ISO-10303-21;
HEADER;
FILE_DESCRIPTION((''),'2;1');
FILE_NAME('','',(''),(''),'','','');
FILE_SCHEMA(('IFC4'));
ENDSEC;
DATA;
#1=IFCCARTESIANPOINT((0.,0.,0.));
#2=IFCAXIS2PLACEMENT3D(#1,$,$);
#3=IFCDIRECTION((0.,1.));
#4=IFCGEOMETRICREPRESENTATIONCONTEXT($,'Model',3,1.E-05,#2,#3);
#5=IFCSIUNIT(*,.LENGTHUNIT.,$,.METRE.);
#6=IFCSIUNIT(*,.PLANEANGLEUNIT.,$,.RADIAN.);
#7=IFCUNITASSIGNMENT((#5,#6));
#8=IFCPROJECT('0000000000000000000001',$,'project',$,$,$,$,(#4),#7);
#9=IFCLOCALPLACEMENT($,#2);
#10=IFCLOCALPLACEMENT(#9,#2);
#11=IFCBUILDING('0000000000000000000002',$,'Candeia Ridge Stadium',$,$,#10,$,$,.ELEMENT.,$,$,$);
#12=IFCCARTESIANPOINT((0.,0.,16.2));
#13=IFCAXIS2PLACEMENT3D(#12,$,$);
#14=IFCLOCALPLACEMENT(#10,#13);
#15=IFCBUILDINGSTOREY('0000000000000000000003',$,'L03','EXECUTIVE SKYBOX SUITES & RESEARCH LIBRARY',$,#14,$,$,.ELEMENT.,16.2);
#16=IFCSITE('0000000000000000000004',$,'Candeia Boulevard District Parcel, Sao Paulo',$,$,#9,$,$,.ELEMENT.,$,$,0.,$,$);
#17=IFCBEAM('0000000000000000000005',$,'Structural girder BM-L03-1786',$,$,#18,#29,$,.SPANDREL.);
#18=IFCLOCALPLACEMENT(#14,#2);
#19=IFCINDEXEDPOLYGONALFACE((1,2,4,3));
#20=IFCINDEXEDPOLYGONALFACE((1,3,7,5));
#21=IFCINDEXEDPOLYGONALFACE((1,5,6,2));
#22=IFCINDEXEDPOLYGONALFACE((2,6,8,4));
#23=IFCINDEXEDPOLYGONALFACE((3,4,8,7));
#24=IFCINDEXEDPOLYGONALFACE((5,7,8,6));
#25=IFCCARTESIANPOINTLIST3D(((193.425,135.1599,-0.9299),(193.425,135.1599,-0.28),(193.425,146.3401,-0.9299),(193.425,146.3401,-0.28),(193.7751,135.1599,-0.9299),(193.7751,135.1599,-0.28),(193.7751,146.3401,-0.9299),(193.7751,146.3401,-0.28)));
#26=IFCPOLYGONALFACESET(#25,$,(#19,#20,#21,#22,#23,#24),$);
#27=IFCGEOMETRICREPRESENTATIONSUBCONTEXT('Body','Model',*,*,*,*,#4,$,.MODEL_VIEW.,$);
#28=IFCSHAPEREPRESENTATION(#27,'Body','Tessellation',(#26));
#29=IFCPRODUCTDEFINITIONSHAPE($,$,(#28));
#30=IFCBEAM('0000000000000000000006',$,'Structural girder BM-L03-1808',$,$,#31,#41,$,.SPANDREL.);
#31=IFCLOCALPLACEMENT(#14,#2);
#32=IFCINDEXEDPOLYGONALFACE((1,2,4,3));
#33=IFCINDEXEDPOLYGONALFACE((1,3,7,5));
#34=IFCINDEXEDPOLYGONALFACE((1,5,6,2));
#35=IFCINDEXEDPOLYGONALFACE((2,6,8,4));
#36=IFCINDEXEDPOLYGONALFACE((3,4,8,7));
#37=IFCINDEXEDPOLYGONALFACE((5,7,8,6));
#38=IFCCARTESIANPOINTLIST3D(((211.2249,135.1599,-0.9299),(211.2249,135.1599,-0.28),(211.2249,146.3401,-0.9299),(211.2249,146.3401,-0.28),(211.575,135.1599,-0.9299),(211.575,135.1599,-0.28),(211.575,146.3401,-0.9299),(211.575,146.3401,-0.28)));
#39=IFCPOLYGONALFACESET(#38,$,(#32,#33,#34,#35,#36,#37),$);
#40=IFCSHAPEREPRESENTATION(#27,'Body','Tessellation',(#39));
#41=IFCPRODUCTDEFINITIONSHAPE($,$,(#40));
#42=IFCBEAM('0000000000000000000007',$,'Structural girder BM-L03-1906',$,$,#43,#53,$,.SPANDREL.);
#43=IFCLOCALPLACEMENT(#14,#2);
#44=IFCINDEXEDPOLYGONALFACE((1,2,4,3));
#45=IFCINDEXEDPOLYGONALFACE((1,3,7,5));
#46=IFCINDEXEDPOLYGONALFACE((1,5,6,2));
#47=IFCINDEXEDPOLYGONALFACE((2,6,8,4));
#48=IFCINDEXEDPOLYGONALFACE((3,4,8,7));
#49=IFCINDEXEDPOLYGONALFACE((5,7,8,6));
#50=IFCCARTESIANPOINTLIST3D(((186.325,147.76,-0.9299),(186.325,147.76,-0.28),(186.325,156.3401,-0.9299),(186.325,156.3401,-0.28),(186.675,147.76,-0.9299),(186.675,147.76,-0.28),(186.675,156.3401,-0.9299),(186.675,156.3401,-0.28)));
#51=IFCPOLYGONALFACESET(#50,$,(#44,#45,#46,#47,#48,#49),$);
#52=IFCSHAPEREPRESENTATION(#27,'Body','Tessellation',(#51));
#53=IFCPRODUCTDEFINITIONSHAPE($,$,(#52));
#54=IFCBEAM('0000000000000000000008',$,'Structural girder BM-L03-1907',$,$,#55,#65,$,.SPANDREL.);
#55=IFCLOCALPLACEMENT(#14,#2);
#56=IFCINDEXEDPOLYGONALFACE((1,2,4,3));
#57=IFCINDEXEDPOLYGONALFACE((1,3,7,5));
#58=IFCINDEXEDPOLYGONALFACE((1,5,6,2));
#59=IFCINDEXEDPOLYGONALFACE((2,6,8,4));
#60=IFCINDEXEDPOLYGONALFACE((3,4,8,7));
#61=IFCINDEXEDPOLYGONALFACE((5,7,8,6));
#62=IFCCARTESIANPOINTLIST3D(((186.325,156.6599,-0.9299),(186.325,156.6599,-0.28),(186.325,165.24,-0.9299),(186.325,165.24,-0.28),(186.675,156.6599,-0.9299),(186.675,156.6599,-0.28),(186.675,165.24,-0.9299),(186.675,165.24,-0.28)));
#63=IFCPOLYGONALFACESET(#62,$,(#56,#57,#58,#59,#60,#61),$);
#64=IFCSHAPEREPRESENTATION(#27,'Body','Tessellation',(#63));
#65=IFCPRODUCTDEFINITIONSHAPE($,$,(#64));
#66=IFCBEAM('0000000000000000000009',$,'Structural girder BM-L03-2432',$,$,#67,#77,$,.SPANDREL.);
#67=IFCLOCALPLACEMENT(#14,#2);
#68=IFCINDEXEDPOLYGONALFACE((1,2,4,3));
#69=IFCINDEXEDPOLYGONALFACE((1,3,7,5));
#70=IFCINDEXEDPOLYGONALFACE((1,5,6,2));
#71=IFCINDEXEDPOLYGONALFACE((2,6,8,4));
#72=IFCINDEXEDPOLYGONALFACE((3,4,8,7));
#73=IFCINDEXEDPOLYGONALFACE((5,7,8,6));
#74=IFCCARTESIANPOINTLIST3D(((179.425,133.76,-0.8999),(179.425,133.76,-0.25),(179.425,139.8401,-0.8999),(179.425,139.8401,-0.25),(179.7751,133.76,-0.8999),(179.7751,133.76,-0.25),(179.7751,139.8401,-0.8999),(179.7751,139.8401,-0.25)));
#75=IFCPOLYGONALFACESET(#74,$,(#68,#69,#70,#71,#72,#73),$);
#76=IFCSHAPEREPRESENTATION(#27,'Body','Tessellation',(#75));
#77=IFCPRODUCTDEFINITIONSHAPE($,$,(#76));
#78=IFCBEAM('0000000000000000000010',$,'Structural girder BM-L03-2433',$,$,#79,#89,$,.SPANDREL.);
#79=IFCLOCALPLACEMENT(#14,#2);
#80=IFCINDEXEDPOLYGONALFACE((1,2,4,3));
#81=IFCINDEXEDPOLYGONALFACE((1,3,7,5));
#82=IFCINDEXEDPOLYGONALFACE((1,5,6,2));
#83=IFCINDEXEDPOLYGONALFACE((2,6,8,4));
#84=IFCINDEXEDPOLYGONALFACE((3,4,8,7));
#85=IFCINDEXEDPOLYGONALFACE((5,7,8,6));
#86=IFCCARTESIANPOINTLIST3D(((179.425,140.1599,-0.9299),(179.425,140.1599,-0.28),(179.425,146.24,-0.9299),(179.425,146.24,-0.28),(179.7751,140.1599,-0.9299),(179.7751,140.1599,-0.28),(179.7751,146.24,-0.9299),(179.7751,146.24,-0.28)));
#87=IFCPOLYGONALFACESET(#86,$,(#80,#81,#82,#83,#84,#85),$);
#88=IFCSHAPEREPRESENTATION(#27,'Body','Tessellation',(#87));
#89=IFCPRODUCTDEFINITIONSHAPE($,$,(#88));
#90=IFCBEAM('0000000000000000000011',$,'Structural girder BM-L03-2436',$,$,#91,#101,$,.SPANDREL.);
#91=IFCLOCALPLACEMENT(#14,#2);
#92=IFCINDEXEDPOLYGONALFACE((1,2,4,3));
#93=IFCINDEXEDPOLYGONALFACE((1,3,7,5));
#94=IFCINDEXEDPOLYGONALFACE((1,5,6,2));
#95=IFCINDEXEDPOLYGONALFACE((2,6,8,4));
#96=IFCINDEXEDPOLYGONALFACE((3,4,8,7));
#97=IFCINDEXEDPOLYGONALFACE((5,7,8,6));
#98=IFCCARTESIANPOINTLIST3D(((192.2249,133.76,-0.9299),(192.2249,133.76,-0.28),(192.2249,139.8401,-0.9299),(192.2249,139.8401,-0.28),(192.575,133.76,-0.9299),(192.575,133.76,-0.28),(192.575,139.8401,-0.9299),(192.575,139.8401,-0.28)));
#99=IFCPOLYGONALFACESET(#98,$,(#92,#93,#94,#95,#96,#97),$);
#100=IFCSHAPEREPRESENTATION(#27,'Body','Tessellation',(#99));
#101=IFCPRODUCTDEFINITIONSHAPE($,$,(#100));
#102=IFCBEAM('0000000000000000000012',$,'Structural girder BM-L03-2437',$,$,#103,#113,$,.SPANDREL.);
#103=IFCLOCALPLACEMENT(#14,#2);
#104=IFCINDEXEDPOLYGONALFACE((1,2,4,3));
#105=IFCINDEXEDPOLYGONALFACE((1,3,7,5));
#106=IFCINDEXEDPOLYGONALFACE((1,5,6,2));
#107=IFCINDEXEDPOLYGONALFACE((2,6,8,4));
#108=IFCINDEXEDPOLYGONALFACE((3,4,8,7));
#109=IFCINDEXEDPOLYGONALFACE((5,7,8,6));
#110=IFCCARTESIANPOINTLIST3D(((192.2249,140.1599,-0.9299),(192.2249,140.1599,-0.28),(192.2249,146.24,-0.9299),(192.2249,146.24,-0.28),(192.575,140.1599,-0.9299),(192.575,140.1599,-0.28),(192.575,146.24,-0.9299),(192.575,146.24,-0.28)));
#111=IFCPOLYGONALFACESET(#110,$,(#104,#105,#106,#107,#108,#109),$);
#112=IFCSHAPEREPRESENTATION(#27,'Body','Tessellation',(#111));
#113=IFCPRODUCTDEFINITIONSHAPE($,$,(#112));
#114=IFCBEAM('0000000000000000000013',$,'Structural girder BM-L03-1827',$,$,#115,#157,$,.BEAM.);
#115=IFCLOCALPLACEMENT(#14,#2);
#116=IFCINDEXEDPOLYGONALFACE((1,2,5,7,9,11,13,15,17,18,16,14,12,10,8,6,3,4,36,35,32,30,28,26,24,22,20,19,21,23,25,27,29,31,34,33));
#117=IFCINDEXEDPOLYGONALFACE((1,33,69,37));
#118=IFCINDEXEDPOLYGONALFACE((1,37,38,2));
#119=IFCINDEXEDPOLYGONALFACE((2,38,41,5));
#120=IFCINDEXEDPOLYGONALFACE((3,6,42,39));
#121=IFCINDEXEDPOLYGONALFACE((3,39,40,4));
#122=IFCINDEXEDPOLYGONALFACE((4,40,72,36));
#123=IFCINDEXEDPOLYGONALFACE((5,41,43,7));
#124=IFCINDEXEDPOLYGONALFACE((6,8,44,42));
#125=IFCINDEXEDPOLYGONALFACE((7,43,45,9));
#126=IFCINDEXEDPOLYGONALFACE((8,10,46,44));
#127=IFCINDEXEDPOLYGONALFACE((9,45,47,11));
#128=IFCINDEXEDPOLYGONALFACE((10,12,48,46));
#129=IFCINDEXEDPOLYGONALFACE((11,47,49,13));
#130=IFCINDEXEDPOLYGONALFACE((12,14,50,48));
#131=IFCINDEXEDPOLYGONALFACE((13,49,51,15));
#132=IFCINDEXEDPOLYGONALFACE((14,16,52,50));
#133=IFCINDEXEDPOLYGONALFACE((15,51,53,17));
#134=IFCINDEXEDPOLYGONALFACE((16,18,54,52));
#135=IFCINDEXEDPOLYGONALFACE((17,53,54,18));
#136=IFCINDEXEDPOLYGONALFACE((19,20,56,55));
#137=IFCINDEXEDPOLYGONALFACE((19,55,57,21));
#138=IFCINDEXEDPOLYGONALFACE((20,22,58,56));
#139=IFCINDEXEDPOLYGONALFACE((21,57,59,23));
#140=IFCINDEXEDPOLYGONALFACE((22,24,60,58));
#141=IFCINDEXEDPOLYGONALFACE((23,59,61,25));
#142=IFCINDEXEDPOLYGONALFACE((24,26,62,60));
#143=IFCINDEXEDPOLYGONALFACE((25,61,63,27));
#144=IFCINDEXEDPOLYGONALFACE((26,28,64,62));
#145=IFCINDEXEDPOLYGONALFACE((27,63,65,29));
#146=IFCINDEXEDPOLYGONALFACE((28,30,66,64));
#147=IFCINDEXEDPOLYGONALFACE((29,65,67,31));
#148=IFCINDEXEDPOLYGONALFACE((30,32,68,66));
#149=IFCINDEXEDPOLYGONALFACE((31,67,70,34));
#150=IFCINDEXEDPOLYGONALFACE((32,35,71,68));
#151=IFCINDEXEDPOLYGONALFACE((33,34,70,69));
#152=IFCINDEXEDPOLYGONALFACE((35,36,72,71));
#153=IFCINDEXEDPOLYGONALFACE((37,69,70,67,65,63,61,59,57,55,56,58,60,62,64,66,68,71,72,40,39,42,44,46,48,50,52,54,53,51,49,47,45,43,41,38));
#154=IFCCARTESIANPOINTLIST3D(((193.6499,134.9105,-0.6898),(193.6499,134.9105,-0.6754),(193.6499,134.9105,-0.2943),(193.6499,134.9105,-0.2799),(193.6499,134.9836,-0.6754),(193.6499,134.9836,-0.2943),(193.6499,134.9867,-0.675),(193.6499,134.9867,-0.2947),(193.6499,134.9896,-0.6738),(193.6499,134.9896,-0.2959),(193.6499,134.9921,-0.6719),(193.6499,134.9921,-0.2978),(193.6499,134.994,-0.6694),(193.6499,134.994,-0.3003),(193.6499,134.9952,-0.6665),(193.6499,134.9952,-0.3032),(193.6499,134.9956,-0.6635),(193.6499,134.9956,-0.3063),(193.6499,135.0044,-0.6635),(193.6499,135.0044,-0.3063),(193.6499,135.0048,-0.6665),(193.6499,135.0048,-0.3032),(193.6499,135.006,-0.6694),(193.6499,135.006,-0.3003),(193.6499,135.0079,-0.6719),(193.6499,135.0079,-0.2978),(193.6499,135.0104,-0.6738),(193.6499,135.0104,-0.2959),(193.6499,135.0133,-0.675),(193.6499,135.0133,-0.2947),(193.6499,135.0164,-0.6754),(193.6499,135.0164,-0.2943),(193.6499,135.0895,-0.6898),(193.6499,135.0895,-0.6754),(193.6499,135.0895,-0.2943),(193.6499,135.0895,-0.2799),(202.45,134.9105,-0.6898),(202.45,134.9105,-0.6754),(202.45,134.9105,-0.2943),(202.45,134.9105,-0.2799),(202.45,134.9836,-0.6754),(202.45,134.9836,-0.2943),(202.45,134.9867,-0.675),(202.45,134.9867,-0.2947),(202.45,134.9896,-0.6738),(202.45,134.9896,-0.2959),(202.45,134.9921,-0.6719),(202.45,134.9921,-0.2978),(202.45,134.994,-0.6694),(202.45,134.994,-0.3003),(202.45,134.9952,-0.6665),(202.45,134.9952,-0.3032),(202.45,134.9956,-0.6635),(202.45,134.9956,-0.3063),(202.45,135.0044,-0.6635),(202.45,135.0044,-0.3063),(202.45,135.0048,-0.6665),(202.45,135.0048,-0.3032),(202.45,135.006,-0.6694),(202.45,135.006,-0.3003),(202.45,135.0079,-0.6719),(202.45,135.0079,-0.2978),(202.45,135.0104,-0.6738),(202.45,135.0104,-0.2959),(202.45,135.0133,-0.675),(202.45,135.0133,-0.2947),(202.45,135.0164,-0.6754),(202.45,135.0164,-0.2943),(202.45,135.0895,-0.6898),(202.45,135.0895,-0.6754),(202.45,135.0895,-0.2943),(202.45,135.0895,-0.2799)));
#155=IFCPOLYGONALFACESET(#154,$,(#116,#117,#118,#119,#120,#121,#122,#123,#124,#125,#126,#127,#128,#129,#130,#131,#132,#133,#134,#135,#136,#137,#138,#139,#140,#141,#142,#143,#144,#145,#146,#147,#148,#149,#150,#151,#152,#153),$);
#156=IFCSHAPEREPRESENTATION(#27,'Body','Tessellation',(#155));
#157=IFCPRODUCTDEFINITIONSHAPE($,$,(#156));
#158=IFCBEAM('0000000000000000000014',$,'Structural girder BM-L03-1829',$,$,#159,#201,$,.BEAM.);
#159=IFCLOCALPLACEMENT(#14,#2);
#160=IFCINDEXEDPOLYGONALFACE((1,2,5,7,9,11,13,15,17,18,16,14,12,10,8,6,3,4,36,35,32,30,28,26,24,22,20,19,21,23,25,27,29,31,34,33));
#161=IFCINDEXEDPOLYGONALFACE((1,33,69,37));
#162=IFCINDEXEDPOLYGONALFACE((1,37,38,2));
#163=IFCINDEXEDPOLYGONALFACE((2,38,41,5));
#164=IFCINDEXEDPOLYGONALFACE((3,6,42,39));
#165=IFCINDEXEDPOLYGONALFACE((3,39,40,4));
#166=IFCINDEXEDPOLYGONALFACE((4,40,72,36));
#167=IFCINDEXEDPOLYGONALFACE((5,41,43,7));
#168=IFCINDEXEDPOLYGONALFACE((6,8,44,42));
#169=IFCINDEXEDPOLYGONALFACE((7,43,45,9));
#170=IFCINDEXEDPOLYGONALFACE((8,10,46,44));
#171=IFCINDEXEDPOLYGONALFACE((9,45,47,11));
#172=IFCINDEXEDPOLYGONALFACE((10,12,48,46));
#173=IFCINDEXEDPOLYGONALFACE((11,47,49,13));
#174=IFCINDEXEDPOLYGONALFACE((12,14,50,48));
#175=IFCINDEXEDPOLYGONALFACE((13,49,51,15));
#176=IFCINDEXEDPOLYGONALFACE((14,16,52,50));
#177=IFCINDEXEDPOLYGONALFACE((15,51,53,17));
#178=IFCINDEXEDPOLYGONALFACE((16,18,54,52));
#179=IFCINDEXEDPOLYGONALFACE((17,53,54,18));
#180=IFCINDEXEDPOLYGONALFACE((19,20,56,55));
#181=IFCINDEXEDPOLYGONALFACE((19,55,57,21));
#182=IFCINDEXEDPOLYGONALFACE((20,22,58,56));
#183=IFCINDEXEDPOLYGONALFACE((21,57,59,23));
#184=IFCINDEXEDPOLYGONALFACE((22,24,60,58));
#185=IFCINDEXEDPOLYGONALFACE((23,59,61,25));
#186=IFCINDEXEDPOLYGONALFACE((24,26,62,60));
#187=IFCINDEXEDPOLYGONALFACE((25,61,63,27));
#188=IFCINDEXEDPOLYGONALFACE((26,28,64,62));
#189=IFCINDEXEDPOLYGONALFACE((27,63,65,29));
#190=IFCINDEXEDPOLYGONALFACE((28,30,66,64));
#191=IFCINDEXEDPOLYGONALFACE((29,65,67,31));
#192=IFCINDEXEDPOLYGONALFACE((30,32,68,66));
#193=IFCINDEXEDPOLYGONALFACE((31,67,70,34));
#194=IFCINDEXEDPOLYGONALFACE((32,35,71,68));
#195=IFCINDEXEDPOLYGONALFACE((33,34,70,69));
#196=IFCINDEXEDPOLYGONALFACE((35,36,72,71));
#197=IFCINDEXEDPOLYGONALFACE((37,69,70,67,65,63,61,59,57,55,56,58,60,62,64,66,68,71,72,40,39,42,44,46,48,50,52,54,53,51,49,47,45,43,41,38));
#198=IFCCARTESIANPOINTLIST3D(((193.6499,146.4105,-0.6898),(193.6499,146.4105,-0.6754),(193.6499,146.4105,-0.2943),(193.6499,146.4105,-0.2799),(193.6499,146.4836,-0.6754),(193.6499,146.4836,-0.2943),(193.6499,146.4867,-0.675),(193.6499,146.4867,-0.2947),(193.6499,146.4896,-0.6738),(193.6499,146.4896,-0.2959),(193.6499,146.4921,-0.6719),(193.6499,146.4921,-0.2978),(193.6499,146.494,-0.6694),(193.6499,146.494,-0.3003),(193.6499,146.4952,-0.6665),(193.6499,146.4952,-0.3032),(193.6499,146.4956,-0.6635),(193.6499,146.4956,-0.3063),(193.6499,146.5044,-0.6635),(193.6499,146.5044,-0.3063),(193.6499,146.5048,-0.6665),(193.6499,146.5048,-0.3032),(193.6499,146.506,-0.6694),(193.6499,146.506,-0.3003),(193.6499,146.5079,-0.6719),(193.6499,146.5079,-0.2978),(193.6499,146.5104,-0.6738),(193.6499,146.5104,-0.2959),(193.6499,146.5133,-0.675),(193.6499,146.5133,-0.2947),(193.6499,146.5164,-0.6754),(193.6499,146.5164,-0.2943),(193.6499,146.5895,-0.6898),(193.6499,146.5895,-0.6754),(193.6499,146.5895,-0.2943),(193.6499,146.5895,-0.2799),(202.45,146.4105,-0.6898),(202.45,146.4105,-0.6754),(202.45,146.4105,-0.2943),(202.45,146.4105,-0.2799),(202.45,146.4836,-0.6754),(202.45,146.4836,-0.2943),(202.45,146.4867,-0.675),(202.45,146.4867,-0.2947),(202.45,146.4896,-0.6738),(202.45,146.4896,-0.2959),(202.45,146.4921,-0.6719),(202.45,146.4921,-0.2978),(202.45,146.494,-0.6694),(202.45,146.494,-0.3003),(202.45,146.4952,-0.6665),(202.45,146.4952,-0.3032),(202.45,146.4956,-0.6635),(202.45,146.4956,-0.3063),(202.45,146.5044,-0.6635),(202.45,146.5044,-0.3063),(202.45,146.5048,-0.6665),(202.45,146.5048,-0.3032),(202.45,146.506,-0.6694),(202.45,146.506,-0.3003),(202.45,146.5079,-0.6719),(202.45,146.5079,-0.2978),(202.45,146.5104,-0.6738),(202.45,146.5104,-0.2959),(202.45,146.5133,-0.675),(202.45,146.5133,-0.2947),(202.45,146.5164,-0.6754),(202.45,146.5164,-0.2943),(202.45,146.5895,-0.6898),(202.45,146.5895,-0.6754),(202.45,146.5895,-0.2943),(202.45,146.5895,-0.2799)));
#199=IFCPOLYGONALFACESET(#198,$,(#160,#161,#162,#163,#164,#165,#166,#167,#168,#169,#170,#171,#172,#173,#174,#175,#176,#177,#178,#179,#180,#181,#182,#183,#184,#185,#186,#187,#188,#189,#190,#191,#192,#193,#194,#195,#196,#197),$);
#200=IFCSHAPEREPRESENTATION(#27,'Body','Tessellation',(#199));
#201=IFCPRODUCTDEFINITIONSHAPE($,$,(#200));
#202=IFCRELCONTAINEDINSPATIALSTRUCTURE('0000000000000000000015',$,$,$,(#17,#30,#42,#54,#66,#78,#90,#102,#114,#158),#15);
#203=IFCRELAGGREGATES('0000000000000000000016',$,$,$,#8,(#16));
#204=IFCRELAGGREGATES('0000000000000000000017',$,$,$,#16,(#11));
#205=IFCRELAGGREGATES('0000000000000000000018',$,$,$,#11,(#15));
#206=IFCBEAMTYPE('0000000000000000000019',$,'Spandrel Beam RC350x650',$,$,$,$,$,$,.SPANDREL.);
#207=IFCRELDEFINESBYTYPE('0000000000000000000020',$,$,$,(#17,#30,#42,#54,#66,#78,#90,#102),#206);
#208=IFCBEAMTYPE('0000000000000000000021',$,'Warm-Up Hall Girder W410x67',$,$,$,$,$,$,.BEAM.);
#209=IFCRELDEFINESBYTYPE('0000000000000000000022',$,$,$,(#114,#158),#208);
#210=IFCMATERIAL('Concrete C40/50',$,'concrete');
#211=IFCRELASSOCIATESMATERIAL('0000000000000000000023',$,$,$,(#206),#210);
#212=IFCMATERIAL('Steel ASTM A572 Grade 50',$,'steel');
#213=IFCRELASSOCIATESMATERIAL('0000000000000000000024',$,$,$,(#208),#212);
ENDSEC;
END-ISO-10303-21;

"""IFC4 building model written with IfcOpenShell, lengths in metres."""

from ifc_helpers import new_model, si_unit, direction, frame, origin, origin_2d, place, context, subcontext, project, spatial, rectangle, i_section, extrude, material, material_profile, profile_set, type_object, element, save


model = new_model("IFC4")

# Units and contexts
model_context = context("Model", 3, precision=1e-05, world=origin(), true_north=direction((0.0, 1.0)))
body_context = subcontext(model_context, "Body", "Model", "MODEL_VIEW")
ifc_project = project(units=[si_unit("LENGTHUNIT", "METRE"), si_unit("PLANEANGLEUNIT", "RADIAN")], contexts=[model_context])

# Site, building, storey
site_placement = place(None, origin())
site = spatial("IfcSite", under=ifc_project, at=site_placement, Name="Candeia Boulevard District Parcel, Sao Paulo", CompositionType="ELEMENT", RefElevation=0.0)
building_placement = place(site_placement, origin())
building = spatial("IfcBuilding", under=site, at=building_placement, Name="Candeia Ridge Stadium", CompositionType="ELEMENT")
storey_placement = place(building_placement, frame((0.0, 0.0, 16.2)))
storey = spatial("IfcBuildingStorey", under=building, at=storey_placement, Name="L03", Description="EXECUTIVE SKYBOX SUITES & RESEARCH LIBRARY", CompositionType="ELEMENT", Elevation=16.2)

# Shared definitions
ifc_material_1 = material(Name="Concrete C40/50", Category="concrete")

# Beams
ifc_material_profile_1 = material_profile(ifc_material_1, rectangle(XDim=0.3501, YDim=0.6499, at=origin_2d()), Name="RC350x650", Category="concrete")
ifc_profile_set_1 = profile_set([ifc_material_profile_1], Name="Concrete C40/50")
beam_type_1 = type_object("IfcBeamType", Name="Spandrel Beam RC350x650", PredefinedType="SPANDREL", material=ifc_profile_set_1)
for number, where, z_axis, x_axis, name in (
    (1, (193.6001, 135.1599, -0.605), (0.0, 1.0, 0.0), (-1.0, 0.0, 0.0), "Structural girder BM-L03-1786"),
    (2, (211.3999, 135.1599, -0.605), (0.0, 1.0, 0.0), (-1.0, 0.0, 0.0), "Structural girder BM-L03-1808"),
):
    element("IfcBeam", number, at=place(storey_placement, frame(where, z_axis=z_axis, x_axis=x_axis)), inside=storey, type_object=beam_type_1, Name=name, PredefinedType="SPANDREL", context=body_context, shape_type="SweptSolid", body=[
        extrude(rectangle(XDim=0.3501, YDim=0.6499, at=origin_2d()), origin(), (0.0, 0.0, 1.0), 11.1802),
    ])
for number, where, z_axis, x_axis, name in (
    (3, (186.5, 147.76, -0.605), (0.0, 1.0, 0.0), (-1.0, 0.0, 0.0), "Structural girder BM-L03-1906"),
    (4, (186.5, 156.6599, -0.605), (0.0, 1.0, 0.0), (-1.0, 0.0, 0.0), "Structural girder BM-L03-1907"),
):
    element("IfcBeam", number, at=place(storey_placement, frame(where, z_axis=z_axis, x_axis=x_axis)), inside=storey, type_object=beam_type_1, Name=name, PredefinedType="SPANDREL", context=body_context, shape_type="SweptSolid", body=[
        extrude(rectangle(XDim=0.3501, YDim=0.6499, at=origin_2d()), origin(), (0.0, 0.0, 1.0), 8.5801),
    ])
for number, where, z_axis, x_axis, name in (
    (5, (179.6001, 133.76, -0.575), (0.0, 1.0, 0.0), (-1.0, 0.0, 0.0), "Structural girder BM-L03-2432"),
    (6, (179.6001, 140.1599, -0.605), (0.0, 1.0, 0.0), (-1.0, 0.0, 0.0), "Structural girder BM-L03-2433"),
    (7, (192.3999, 133.76, -0.605), (0.0, 1.0, 0.0), (-1.0, 0.0, 0.0), "Structural girder BM-L03-2436"),
    (8, (192.3999, 140.1599, -0.605), (0.0, 1.0, 0.0), (-1.0, 0.0, 0.0), "Structural girder BM-L03-2437"),
):
    element("IfcBeam", number, at=place(storey_placement, frame(where, z_axis=z_axis, x_axis=x_axis)), inside=storey, type_object=beam_type_1, Name=name, PredefinedType="SPANDREL", context=body_context, shape_type="SweptSolid", body=[
        extrude(rectangle(XDim=0.3501, YDim=0.6499, at=origin_2d()), origin(), (0.0, 0.0, 1.0), 6.0801),
    ])
ifc_material_2 = material(Name="Steel ASTM A572 Grade 50", Category="steel")
ifc_material_profile_2 = material_profile(ifc_material_2, i_section(OverallWidth=0.179, OverallDepth=0.4099, WebThickness=0.0088, FlangeThickness=0.0144, FilletRadius=0.012, at=origin_2d()), Name="W410x67", Category="steel")
ifc_profile_set_2 = profile_set([ifc_material_profile_2], Name="Steel ASTM A572 Grade 50")
beam_type_2 = type_object("IfcBeamType", Name="Warm-Up Hall Girder W410x67", PredefinedType="BEAM", material=ifc_profile_set_2)
for number, where, z_axis, x_axis, name in (
    (9, (193.6499, 135.0, -0.4849), (1.0, 0.0, 0.0), (0.0, 1.0, 0.0), "Structural girder BM-L03-1827"),
    (10, (193.6499, 146.5, -0.4849), (1.0, 0.0, 0.0), (0.0, 1.0, 0.0), "Structural girder BM-L03-1829"),
):
    element("IfcBeam", number, at=place(storey_placement, frame(where, z_axis=z_axis, x_axis=x_axis)), inside=storey, type_object=beam_type_2, Name=name, PredefinedType="BEAM", context=body_context, shape_type="SweptSolid", body=[
        extrude(i_section(OverallWidth=0.179, OverallDepth=0.4099, WebThickness=0.0088, FlangeThickness=0.0144, FilletRadius=0.012, at=origin_2d()), origin(), (0.0, 0.0, 1.0), 8.8),
    ])

save(model, "model.ifc")
